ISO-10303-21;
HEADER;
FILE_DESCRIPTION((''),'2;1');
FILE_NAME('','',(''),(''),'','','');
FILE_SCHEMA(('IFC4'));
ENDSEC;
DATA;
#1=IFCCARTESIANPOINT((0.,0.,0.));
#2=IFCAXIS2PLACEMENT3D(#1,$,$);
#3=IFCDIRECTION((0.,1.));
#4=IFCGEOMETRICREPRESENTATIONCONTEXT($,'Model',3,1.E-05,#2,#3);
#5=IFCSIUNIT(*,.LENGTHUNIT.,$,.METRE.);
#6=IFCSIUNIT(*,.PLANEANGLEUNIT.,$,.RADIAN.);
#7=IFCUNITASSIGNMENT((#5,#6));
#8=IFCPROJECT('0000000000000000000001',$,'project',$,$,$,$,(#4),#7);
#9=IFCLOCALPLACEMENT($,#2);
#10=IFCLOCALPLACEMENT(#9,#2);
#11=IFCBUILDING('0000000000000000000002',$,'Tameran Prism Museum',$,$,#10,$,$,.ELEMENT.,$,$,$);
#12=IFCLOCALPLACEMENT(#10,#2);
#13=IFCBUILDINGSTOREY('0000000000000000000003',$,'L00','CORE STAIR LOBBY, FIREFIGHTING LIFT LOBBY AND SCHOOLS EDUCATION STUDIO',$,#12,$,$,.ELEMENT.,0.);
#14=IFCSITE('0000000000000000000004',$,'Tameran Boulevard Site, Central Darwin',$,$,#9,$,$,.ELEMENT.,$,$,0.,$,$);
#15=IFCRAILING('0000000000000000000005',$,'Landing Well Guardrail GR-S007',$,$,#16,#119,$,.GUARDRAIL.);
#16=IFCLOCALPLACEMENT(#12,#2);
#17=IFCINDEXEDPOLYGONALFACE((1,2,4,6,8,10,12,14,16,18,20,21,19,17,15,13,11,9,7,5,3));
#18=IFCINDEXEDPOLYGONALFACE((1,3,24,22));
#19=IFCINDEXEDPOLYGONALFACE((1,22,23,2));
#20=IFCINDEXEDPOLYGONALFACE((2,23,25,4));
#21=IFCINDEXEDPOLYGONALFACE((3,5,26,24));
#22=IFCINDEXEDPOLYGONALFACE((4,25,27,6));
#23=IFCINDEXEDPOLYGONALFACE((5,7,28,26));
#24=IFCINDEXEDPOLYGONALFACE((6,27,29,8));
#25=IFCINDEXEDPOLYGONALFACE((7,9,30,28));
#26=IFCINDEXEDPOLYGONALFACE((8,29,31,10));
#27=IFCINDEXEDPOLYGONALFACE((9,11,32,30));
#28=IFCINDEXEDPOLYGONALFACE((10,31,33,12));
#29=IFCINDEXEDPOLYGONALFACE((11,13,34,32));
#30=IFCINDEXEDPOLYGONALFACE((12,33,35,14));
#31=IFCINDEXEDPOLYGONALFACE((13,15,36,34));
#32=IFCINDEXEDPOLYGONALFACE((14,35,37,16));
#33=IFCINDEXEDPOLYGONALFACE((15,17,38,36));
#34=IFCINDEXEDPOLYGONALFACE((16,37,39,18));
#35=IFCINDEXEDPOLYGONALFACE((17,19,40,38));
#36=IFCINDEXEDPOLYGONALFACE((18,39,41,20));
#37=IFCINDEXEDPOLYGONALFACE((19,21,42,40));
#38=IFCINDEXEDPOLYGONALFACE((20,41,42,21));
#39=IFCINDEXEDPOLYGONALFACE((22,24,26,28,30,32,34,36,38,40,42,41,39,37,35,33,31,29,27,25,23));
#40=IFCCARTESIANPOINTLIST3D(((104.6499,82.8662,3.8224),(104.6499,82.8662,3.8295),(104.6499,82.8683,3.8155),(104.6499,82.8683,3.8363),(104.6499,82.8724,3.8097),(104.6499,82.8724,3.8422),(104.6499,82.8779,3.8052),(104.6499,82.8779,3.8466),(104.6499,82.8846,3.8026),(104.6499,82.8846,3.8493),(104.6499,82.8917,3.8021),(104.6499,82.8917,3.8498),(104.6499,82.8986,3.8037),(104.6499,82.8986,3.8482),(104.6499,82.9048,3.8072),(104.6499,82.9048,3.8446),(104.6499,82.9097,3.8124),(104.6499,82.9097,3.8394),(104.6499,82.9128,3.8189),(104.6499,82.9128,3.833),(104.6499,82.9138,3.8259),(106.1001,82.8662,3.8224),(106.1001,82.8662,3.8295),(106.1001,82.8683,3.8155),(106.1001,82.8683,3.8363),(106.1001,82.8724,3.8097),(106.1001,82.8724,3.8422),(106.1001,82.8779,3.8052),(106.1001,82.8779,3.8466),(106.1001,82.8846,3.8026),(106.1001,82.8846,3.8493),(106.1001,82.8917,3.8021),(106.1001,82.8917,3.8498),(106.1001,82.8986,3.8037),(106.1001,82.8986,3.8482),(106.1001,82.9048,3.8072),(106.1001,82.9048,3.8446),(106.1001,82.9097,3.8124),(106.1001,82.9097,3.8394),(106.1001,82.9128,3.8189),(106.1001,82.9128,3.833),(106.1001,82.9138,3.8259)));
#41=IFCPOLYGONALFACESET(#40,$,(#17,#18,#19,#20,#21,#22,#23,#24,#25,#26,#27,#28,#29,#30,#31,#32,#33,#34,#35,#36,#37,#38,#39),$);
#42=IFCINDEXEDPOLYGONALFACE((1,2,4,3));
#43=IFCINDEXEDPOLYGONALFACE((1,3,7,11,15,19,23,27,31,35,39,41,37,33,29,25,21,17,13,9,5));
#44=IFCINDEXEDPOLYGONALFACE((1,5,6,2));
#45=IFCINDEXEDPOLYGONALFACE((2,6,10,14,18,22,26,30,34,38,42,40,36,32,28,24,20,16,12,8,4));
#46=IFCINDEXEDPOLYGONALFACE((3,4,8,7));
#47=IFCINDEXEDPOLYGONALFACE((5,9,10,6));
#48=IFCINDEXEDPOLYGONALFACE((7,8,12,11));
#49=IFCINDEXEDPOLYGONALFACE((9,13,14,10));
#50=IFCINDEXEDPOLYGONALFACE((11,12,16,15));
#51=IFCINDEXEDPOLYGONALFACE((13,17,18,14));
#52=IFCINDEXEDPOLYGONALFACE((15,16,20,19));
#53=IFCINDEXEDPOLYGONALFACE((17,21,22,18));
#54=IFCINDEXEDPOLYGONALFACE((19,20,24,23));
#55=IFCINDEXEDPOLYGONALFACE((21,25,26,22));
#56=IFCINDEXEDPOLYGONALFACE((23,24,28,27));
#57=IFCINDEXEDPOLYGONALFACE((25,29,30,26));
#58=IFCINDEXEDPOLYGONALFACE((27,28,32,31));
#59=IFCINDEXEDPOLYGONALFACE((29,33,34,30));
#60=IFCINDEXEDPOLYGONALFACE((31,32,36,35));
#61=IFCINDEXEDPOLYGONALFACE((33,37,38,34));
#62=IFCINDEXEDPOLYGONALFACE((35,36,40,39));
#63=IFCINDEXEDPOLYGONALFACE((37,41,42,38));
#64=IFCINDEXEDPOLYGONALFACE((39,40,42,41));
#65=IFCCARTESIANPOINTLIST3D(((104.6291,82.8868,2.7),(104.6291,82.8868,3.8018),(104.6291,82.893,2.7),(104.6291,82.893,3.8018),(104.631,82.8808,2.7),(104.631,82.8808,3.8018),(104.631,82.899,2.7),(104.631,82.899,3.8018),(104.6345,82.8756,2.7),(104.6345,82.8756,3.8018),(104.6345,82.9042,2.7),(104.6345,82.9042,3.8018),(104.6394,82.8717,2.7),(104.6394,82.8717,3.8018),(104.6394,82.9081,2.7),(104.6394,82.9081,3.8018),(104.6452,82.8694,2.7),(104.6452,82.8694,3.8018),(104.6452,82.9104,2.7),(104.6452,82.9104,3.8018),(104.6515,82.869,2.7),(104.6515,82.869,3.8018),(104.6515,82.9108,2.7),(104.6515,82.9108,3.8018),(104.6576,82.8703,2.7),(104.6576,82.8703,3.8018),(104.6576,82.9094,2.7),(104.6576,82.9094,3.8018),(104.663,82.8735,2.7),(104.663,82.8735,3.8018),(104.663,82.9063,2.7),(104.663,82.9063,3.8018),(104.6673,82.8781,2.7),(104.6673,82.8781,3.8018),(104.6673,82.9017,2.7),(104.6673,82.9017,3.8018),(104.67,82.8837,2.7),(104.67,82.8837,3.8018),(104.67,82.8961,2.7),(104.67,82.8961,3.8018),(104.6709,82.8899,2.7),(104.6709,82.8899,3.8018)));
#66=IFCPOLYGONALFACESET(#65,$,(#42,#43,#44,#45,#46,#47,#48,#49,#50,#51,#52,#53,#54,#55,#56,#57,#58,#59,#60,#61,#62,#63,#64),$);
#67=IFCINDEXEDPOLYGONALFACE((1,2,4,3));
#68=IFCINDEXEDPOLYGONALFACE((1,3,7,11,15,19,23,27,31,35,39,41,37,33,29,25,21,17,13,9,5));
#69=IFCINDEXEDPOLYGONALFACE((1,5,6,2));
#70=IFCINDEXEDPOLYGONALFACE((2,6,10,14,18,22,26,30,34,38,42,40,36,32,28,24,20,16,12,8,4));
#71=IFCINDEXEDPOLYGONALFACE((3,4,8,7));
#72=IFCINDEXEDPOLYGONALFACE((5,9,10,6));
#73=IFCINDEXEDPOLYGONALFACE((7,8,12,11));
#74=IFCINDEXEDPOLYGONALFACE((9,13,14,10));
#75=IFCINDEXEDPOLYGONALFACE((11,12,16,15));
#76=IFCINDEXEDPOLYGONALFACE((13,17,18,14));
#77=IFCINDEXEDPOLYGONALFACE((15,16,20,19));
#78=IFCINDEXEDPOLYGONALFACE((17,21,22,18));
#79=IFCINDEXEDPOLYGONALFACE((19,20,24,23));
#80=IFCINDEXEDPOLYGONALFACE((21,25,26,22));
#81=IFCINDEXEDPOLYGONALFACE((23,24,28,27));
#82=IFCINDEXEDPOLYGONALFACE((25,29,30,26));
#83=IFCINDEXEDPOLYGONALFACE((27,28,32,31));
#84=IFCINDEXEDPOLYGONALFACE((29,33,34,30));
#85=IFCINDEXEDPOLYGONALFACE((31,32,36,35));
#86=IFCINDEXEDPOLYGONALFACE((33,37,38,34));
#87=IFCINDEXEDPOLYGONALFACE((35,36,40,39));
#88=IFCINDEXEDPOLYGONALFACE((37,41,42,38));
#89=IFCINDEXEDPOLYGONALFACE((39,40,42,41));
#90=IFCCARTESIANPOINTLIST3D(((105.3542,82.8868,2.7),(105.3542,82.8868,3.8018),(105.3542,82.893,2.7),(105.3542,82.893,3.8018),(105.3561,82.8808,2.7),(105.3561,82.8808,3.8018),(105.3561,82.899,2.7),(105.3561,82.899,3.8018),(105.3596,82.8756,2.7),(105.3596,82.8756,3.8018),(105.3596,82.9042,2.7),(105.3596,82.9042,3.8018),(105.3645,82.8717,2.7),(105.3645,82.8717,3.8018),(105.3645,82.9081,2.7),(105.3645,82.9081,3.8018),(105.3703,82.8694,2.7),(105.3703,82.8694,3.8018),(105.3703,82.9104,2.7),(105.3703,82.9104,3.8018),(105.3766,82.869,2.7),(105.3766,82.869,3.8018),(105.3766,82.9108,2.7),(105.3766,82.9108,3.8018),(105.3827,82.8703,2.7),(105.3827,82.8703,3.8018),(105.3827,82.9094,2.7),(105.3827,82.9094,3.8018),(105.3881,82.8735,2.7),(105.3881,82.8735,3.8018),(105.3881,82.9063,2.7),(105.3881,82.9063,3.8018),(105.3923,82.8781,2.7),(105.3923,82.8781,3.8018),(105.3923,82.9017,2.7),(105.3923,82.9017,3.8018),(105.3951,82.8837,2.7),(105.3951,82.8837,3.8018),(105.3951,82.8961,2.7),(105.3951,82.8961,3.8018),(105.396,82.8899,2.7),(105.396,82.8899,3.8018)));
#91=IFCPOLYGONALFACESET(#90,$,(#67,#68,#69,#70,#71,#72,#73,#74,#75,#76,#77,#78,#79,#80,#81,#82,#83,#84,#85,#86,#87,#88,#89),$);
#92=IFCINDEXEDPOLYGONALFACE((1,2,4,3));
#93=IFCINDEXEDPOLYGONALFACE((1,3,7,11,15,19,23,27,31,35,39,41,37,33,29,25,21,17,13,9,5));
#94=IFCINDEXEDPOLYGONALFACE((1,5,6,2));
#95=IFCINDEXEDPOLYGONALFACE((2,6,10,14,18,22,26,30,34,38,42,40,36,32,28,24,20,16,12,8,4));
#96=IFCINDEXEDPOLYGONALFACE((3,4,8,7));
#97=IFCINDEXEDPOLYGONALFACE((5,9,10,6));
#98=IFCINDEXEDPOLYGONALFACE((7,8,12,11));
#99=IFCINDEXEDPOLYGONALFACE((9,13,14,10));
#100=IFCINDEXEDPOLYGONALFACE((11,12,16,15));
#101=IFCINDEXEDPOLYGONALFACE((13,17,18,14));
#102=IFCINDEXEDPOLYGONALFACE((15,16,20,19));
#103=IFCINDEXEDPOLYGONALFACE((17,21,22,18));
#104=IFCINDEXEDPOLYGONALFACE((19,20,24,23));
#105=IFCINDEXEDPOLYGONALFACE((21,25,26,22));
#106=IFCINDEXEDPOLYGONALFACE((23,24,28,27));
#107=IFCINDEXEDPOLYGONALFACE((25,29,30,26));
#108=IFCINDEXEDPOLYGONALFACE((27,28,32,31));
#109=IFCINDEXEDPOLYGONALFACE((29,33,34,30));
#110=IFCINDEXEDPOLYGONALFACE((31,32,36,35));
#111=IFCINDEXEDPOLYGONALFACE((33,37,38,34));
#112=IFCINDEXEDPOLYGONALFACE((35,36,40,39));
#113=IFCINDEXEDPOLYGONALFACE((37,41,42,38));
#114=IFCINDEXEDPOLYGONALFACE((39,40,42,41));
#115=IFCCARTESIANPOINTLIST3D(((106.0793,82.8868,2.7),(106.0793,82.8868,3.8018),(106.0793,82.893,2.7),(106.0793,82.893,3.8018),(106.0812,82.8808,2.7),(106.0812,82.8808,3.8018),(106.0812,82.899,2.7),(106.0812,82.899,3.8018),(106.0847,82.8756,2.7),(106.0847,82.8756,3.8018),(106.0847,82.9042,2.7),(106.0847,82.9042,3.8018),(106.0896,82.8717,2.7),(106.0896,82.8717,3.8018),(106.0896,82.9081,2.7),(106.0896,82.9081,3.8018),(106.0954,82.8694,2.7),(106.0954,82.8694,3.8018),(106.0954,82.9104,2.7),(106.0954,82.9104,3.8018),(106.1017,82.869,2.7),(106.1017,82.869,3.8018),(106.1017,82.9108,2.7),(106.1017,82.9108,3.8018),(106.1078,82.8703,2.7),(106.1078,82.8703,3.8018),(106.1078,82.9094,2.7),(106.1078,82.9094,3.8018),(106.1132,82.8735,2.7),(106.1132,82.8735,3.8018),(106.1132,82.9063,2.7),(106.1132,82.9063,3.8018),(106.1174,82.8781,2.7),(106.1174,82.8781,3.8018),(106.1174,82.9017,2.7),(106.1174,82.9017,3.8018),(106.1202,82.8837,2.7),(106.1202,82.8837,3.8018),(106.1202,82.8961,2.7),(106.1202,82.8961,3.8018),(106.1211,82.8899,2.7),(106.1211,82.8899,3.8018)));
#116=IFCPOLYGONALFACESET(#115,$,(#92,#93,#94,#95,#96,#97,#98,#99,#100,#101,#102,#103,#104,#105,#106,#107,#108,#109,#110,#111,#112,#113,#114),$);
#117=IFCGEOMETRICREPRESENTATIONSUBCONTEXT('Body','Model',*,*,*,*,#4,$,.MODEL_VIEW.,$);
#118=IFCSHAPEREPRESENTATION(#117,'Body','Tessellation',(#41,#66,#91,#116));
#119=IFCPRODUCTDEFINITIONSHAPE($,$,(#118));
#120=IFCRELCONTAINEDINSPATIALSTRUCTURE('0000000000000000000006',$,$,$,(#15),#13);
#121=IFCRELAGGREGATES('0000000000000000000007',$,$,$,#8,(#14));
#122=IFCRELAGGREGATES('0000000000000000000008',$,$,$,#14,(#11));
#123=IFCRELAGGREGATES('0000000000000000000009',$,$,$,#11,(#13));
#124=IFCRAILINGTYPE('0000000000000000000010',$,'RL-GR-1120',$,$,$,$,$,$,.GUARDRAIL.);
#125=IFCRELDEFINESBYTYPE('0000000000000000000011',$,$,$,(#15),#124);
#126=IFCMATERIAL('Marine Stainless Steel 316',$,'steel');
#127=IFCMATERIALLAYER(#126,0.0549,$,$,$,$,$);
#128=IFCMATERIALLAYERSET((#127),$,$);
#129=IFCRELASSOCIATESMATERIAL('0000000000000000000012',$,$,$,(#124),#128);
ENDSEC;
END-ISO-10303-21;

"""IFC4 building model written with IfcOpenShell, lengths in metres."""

from ifc_helpers import new_model, si_unit, direction, frame, origin, origin_2d, place, context, subcontext, project, spatial, circle, extrude, material, layer, layer_set, type_object, element, save


model = new_model("IFC4")

# Units and contexts
model_context = context("Model", 3, precision=1e-05, world=origin(), true_north=direction((0.0, 1.0)))
body_context = subcontext(model_context, "Body", "Model", "MODEL_VIEW")
ifc_project = project(units=[si_unit("LENGTHUNIT", "METRE"), si_unit("PLANEANGLEUNIT", "RADIAN")], contexts=[model_context])

# Site, building, storey
site_placement = place(None, origin())
site = spatial("IfcSite", under=ifc_project, at=site_placement, Name="Tameran Boulevard Site, Central Darwin", CompositionType="ELEMENT", RefElevation=0.0)
building_placement = place(site_placement, origin())
building = spatial("IfcBuilding", under=site, at=building_placement, Name="Tameran Prism Museum", CompositionType="ELEMENT")
storey_placement = place(building_placement, origin())
storey = spatial("IfcBuildingStorey", under=building, at=storey_placement, Name="L00", Description="CORE STAIR LOBBY, FIREFIGHTING LIFT LOBBY AND SCHOOLS EDUCATION STUDIO", CompositionType="ELEMENT", Elevation=0.0)

# Railing
ifc_material_1 = material(Name="Marine Stainless Steel 316", Category="steel")
ifc_layer_1 = layer(ifc_material_1, 0.0549)
ifc_layer_set_1 = layer_set([ifc_layer_1])
railing_type_1 = type_object("IfcRailingType", Name="RL-GR-1120", PredefinedType="GUARDRAIL", material=ifc_layer_set_1)
railing_1_placement = place(storey_placement, frame((104.6499, 82.8899, 2.7)))
element("IfcRailing", 1, at=railing_1_placement, inside=storey, type_object=railing_type_1, Name="Landing Well Guardrail GR-S007", PredefinedType="GUARDRAIL", context=body_context, shape_type="SweptSolid", body=[
    extrude(circle(Radius=0.0239, at=origin_2d()), frame((0.0, 0.0, 1.126), z_axis=(1.0, 0.0, 0.0), x_axis=(0.0, 1.0, 0.0)), (0.0, 0.0, 1.0), 1.4502),
    extrude(circle(Radius=0.021, at=origin_2d()), origin(), (0.0, 0.0, 1.0), 1.1018),
    extrude(circle(Radius=0.021, at=origin_2d()), frame((0.7251, 0.0, 0.0)), (0.0, 0.0, 1.0), 1.1018),
    extrude(circle(Radius=0.021, at=origin_2d()), frame((1.4502, 0.0, 0.0)), (0.0, 0.0, 1.0), 1.1018),
])

save(model, "model.ifc")
